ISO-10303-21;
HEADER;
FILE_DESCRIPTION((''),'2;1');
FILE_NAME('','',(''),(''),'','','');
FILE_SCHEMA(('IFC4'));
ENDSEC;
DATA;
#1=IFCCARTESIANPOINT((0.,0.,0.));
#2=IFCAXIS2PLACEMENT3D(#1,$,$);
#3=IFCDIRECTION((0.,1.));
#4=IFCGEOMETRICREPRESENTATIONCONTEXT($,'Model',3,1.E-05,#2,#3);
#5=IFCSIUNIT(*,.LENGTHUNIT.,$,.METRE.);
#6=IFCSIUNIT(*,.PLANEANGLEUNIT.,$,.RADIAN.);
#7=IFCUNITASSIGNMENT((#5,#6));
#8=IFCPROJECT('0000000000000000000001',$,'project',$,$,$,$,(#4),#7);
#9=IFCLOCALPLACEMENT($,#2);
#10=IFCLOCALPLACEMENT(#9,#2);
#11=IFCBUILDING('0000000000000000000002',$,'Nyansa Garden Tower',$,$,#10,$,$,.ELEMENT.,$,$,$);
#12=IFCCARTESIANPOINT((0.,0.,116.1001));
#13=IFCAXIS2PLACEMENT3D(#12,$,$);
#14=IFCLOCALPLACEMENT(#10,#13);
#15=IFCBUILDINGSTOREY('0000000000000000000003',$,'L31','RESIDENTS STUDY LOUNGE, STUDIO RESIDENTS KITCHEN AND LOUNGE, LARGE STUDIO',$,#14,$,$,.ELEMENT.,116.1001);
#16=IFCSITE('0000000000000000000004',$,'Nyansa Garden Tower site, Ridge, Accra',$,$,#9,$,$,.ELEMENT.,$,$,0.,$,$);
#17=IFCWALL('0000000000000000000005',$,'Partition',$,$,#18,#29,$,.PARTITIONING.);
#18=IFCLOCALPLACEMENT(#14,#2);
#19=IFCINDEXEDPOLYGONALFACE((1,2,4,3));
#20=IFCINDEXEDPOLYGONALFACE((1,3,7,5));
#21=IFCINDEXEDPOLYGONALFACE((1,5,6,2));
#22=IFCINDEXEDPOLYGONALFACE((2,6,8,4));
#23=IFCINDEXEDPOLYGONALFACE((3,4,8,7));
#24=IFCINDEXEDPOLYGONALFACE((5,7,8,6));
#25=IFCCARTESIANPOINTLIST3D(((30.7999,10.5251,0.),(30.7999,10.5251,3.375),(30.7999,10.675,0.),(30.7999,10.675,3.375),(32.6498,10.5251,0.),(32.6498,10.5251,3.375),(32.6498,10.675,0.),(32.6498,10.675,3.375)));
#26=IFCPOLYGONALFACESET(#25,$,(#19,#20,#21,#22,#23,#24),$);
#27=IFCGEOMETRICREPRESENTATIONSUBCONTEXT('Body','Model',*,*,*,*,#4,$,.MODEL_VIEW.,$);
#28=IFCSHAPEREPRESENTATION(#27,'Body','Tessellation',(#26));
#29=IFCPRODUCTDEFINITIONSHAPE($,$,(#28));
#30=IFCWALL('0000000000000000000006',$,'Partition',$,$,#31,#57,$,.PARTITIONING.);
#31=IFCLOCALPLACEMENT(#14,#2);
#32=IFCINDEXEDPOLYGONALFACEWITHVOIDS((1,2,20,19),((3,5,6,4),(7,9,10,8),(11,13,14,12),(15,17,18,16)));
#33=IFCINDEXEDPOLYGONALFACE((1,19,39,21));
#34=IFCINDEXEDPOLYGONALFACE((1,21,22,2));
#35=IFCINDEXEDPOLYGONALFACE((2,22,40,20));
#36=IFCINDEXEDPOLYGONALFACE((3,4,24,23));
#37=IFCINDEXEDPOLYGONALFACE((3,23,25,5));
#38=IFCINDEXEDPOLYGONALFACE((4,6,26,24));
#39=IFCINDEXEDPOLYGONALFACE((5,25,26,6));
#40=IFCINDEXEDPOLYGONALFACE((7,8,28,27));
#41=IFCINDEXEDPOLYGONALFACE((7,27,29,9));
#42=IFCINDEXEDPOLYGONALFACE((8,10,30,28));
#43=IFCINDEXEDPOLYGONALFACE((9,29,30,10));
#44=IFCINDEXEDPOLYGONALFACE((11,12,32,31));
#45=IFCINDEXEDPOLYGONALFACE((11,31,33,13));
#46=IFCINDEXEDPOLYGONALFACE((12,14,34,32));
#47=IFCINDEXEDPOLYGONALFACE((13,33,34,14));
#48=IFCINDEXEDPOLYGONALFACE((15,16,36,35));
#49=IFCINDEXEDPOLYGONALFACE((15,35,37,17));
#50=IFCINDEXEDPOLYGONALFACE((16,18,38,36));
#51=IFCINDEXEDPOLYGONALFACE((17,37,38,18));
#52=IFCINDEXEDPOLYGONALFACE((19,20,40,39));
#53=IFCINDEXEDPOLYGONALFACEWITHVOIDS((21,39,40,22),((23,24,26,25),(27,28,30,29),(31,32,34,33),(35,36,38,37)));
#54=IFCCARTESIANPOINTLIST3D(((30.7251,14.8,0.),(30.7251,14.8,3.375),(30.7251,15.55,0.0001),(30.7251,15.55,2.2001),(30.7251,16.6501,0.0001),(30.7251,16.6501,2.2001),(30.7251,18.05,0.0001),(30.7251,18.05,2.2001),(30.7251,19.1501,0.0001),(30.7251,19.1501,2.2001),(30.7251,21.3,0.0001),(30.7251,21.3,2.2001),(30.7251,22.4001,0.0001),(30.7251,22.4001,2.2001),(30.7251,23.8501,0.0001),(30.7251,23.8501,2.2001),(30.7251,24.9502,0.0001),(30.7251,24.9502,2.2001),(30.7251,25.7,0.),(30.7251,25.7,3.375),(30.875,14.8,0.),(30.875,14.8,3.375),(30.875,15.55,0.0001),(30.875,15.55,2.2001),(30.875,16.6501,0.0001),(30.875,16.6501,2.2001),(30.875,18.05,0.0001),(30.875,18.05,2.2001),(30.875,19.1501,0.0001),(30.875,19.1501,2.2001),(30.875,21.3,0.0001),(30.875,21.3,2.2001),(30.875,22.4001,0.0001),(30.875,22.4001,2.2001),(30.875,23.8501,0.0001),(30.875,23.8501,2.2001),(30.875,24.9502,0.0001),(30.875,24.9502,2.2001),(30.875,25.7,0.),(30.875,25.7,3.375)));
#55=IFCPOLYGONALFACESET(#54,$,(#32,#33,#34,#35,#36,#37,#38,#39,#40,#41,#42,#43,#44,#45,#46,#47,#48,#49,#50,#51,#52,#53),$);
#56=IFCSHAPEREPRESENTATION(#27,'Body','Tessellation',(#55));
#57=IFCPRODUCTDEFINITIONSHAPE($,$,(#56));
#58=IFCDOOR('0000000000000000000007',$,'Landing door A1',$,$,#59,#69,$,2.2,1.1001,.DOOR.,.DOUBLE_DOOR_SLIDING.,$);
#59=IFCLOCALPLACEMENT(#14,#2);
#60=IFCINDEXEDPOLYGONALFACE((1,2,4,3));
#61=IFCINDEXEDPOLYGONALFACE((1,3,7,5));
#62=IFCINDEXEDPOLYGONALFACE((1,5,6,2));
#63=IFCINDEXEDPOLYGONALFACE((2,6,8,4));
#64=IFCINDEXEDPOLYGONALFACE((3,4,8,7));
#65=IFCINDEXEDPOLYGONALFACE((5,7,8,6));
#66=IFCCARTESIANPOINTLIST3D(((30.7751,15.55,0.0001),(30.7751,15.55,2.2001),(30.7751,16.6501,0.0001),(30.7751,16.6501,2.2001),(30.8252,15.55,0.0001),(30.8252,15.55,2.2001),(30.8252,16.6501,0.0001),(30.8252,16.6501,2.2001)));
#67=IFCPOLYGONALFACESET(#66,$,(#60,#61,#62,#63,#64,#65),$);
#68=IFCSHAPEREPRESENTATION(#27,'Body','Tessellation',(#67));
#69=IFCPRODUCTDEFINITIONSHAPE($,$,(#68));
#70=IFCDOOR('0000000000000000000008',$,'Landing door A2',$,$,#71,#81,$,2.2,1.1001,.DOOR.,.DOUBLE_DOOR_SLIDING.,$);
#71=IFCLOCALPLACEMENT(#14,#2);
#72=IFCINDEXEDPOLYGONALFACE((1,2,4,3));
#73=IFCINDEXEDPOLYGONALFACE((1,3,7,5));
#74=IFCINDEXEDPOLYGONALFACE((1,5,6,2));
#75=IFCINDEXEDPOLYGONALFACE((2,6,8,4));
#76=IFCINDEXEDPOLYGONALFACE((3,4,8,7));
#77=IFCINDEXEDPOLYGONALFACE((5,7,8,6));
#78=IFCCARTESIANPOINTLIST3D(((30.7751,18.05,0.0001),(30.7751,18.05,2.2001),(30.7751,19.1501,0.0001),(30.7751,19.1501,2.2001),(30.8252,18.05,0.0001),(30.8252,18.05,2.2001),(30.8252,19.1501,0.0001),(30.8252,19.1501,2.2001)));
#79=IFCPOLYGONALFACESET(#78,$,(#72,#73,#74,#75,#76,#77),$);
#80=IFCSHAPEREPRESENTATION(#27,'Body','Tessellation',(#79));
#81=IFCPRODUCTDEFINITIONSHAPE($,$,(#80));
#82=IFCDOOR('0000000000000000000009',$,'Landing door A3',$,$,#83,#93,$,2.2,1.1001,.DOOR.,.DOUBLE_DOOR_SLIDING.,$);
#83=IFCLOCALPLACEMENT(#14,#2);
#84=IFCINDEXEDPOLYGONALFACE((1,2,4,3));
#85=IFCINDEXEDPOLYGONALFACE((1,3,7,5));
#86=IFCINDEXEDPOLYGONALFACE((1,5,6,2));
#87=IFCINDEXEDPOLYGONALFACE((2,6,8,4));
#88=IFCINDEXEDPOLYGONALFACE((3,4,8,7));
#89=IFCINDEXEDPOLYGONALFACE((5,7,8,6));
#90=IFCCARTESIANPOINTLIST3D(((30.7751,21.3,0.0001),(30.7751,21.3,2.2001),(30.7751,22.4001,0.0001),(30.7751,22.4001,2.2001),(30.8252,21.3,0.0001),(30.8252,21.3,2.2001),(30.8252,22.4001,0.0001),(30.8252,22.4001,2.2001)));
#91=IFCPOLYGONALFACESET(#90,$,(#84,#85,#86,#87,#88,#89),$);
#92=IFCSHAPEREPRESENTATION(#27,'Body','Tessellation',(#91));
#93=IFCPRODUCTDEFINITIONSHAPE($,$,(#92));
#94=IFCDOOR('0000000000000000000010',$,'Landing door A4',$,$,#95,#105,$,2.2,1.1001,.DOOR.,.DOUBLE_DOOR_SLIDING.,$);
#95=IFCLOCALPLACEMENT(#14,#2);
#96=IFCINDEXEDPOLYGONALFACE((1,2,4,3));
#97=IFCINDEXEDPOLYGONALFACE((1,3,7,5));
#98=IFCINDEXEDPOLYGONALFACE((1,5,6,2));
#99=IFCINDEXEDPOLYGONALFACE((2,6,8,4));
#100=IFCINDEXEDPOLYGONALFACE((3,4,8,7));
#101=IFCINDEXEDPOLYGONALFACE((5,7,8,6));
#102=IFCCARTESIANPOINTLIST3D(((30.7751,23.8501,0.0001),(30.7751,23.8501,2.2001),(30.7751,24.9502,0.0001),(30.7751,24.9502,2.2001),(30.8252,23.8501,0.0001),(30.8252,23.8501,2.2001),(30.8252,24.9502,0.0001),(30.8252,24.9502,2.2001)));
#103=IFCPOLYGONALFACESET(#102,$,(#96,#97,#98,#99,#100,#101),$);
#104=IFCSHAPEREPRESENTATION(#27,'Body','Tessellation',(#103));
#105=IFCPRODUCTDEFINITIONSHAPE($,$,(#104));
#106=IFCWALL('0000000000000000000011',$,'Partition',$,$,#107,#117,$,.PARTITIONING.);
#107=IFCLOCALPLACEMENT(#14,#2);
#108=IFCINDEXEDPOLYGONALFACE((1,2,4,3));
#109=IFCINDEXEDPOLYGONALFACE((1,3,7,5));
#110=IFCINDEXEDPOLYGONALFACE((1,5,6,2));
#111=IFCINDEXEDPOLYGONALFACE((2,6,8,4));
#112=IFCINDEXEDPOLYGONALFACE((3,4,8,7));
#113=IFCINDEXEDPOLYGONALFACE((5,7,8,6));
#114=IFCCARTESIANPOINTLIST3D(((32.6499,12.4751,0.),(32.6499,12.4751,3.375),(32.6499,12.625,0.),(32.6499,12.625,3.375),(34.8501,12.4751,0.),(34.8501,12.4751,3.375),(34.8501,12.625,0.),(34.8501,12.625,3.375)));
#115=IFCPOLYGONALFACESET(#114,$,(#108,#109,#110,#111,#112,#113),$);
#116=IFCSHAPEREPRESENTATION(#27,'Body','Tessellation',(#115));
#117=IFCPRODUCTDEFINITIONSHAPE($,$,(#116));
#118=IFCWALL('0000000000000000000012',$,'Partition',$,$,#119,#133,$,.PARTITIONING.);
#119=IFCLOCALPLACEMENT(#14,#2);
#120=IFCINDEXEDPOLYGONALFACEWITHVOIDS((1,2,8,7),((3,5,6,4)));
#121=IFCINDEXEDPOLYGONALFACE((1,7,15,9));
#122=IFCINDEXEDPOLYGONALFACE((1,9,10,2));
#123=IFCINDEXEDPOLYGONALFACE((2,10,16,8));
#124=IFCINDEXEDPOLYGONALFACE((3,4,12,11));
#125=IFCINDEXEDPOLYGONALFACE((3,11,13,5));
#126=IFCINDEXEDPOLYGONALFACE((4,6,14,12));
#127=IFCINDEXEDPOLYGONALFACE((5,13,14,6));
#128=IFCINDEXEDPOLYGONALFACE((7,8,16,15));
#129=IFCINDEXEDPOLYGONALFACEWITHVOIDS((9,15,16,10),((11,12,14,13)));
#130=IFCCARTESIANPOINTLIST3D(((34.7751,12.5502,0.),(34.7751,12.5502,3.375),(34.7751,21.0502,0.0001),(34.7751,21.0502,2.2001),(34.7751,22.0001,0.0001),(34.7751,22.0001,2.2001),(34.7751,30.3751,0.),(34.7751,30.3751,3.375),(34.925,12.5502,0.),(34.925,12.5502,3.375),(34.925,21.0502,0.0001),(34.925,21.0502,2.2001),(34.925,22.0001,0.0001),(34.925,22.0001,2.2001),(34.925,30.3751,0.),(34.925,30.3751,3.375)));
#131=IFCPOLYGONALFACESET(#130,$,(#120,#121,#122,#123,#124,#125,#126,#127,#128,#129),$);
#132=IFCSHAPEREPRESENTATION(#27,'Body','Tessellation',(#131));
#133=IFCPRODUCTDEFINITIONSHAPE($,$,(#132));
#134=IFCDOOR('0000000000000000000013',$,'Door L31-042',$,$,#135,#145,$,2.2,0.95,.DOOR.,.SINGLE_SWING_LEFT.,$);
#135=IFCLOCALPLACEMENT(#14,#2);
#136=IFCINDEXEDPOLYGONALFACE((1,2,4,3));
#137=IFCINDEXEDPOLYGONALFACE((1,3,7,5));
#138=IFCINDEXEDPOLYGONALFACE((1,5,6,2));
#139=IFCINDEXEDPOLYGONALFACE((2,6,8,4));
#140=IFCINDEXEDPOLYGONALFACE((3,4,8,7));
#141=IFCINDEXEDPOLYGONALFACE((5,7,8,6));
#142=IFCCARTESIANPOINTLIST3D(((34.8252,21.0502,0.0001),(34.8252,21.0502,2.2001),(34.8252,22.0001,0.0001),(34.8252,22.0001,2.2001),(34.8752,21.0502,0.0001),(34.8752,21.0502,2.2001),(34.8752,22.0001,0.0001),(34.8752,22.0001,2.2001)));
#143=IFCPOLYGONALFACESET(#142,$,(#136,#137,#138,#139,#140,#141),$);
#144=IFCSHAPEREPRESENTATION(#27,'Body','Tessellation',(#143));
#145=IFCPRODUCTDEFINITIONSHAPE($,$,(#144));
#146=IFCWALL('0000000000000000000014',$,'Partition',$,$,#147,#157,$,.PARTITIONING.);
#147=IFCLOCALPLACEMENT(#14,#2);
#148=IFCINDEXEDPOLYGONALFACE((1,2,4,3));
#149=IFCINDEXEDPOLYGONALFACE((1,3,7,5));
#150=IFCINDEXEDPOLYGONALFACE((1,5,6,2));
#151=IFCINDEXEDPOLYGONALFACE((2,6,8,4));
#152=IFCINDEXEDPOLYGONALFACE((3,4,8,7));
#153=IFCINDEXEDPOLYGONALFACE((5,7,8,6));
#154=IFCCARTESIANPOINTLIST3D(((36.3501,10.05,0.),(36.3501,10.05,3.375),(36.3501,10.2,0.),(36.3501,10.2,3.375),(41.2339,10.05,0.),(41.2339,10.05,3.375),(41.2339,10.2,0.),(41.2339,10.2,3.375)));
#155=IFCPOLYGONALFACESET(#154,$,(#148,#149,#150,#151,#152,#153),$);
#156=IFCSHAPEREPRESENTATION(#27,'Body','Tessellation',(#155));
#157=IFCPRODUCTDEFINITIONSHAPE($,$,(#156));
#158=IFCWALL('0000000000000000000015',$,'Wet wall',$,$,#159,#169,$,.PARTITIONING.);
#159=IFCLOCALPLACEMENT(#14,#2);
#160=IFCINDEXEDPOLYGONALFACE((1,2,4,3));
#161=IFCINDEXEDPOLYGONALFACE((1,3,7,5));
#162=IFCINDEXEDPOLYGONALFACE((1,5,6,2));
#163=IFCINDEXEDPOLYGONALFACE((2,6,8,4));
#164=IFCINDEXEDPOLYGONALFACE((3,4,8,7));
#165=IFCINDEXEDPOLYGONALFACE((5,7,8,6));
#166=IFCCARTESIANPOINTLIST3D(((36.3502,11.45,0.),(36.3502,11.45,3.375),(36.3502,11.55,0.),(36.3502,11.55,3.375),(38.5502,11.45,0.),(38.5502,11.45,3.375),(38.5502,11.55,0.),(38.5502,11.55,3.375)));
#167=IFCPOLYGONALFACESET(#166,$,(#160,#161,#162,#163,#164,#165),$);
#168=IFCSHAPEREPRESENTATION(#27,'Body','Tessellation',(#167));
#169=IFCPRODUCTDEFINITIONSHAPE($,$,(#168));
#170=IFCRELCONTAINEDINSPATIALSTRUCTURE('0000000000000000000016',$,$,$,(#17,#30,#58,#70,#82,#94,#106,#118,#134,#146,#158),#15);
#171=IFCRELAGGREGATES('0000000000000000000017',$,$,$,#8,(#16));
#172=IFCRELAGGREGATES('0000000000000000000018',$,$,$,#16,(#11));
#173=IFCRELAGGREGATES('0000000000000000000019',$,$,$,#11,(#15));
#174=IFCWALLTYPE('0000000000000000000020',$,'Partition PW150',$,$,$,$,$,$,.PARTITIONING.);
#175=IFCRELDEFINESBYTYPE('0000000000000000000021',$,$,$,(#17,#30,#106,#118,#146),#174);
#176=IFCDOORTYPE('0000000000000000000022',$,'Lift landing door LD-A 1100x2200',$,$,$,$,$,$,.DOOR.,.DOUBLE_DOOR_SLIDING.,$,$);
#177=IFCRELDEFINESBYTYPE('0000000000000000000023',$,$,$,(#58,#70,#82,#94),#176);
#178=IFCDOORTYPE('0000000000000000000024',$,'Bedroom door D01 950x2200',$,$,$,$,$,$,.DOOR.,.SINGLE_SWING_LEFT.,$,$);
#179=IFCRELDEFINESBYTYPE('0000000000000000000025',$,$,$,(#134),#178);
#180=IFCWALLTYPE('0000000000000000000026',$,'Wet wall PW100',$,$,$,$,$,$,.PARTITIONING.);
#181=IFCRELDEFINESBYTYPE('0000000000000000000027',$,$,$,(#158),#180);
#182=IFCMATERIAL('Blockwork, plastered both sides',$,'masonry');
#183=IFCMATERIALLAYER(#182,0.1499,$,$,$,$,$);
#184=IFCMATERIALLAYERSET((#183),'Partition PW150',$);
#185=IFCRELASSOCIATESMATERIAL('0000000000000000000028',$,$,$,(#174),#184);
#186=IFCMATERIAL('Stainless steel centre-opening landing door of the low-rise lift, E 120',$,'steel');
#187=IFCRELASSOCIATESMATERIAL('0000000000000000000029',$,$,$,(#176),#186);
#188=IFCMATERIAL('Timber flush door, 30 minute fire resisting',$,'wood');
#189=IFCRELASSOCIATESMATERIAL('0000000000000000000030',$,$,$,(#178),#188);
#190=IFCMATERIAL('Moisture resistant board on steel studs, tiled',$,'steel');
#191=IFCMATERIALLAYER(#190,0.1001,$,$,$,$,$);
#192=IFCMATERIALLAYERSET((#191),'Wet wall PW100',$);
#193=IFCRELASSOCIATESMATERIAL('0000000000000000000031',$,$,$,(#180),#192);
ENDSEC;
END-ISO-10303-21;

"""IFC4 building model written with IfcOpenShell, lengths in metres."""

from ifc_helpers import new_model, si_unit, direction, frame, frame_2d, origin, place, context, subcontext, project, spatial, rectangle, extrude, material, layer, layer_set, type_object, element, fill, save


model = new_model("IFC4")

# Units and contexts
model_context = context("Model", 3, precision=1e-05, world=origin(), true_north=direction((0.0, 1.0)))
body_context = subcontext(model_context, "Body", "Model", "MODEL_VIEW")
ifc_project = project(units=[si_unit("LENGTHUNIT", "METRE"), si_unit("PLANEANGLEUNIT", "RADIAN")], contexts=[model_context])

# Site, building, storey
site_placement = place(None, origin())
site = spatial("IfcSite", under=ifc_project, at=site_placement, Name="Nyansa Garden Tower site, Ridge, Accra", CompositionType="ELEMENT", RefElevation=0.0)
building_placement = place(site_placement, origin())
building = spatial("IfcBuilding", under=site, at=building_placement, Name="Nyansa Garden Tower", CompositionType="ELEMENT")
storey_placement = place(building_placement, frame((0.0, 0.0, 116.1001)))
storey = spatial("IfcBuildingStorey", under=building, at=storey_placement, Name="L31", Description="RESIDENTS STUDY LOUNGE, STUDIO RESIDENTS KITCHEN AND LOUNGE, LARGE STUDIO", CompositionType="ELEMENT", Elevation=116.1001)

# Wall
ifc_material_1 = material(Name="Blockwork, plastered both sides", Category="masonry")
ifc_layer_1 = layer(ifc_material_1, 0.1499)
ifc_layer_set_1 = layer_set([ifc_layer_1], Name="Partition PW150")
wall_type_1 = type_object("IfcWallType", Name="Partition PW150", PredefinedType="PARTITIONING", material=ifc_layer_set_1)
wall_1_placement = place(storey_placement, frame((30.8, 10.6001, 0.0), z_axis=(0.0, 0.0, 1.0), x_axis=(1.0, 0.0, 0.0)))
element("IfcWall", 1, at=wall_1_placement, inside=storey, type_object=wall_type_1, Name="Partition", PredefinedType="PARTITIONING", context=body_context, shape_type="SweptSolid", body=[
    extrude(rectangle(XDim=1.8499, YDim=0.1499, at=frame_2d((0.9248, 0.0))), origin(), (0.0, 0.0, 1.0), 3.375),
])

# Wall, openings, doors
wall_2_placement = place(storey_placement, frame((30.8, 14.8, 0.0), z_axis=(0.0, 0.0, 1.0), x_axis=(0.0, 1.0, 0.0)))
wall_2 = element("IfcWall", 2, at=wall_2_placement, inside=storey, type_object=wall_type_1, Name="Partition", PredefinedType="PARTITIONING", context=body_context, shape_type="SweptSolid", body=[
    extrude(rectangle(XDim=10.8999, YDim=0.1499, at=frame_2d((5.45, 0.0))), origin(), (0.0, 0.0, 1.0), 3.375),
])
opening_1_placement = place(wall_2_placement, frame((0.75, 0.0, 0.0)))
opening_1 = element("IfcOpeningElement", 3, at=opening_1_placement, cuts=wall_2, PredefinedType="OPENING", context=body_context, shape_type="SweptSolid", body=[
    extrude(rectangle(XDim=1.1001, YDim=2.2, at=frame_2d((0.55, 1.1001))), frame((0.0, 0.085, 0.0), z_axis=(0.0, -1.0, 0.0), x_axis=(1.0, 0.0, 0.0)), (0.0, 0.0, 1.0), 0.1699),
])
opening_2_placement = place(wall_2_placement, frame((3.25, 0.0, 0.0)))
opening_2 = element("IfcOpeningElement", 4, at=opening_2_placement, cuts=wall_2, PredefinedType="OPENING", context=body_context, shape_type="SweptSolid", body=[
    extrude(rectangle(XDim=1.1001, YDim=2.2, at=frame_2d((0.55, 1.1001))), frame((0.0, 0.085, 0.0), z_axis=(0.0, -1.0, 0.0), x_axis=(1.0, 0.0, 0.0)), (0.0, 0.0, 1.0), 0.1699),
])
opening_3_placement = place(wall_2_placement, frame((6.5, 0.0, 0.0)))
opening_3 = element("IfcOpeningElement", 5, at=opening_3_placement, cuts=wall_2, PredefinedType="OPENING", context=body_context, shape_type="SweptSolid", body=[
    extrude(rectangle(XDim=1.1001, YDim=2.2, at=frame_2d((0.55, 1.1001))), frame((0.0, 0.085, 0.0), z_axis=(0.0, -1.0, 0.0), x_axis=(1.0, 0.0, 0.0)), (0.0, 0.0, 1.0), 0.1699),
])
opening_4_placement = place(wall_2_placement, frame((9.05, 0.0, 0.0)))
opening_4 = element("IfcOpeningElement", 6, at=opening_4_placement, cuts=wall_2, PredefinedType="OPENING", context=body_context, shape_type="SweptSolid", body=[
    extrude(rectangle(XDim=1.1001, YDim=2.2, at=frame_2d((0.55, 1.1001))), frame((0.0, 0.085, 0.0), z_axis=(0.0, -1.0, 0.0), x_axis=(1.0, 0.0, 0.0)), (0.0, 0.0, 1.0), 0.1699),
])
ifc_material_2 = material(Name="Stainless steel centre-opening landing door of the low-rise lift, E 120", Category="steel")
door_type_1 = type_object("IfcDoorType", Name="Lift landing door LD-A 1100x2200", OperationType="DOUBLE_DOOR_SLIDING", PredefinedType="DOOR", material=ifc_material_2)
door_1_placement = place(opening_1_placement, origin())
door_1 = element("IfcDoor", 7, at=door_1_placement, inside=storey, type_object=door_type_1, Name="Landing door A1", OperationType="DOUBLE_DOOR_SLIDING", OverallHeight=2.2, OverallWidth=1.1001, PredefinedType="DOOR", context=body_context, shape_type="SweptSolid", body=[
    extrude(rectangle(XDim=1.1001, YDim=2.2, at=frame_2d((0.55, 1.1001))), frame((0.0, 0.0249, 0.0), z_axis=(0.0, -1.0, 0.0), x_axis=(1.0, 0.0, 0.0)), (0.0, 0.0, 1.0), 0.05),
])
fill(opening_1, door_1)
door_2_placement = place(opening_2_placement, origin())
door_2 = element("IfcDoor", 8, at=door_2_placement, inside=storey, type_object=door_type_1, Name="Landing door A2", OperationType="DOUBLE_DOOR_SLIDING", OverallHeight=2.2, OverallWidth=1.1001, PredefinedType="DOOR", context=body_context, shape_type="SweptSolid", body=[
    extrude(rectangle(XDim=1.1001, YDim=2.2, at=frame_2d((0.55, 1.1001))), frame((0.0, 0.0249, 0.0), z_axis=(0.0, -1.0, 0.0), x_axis=(1.0, 0.0, 0.0)), (0.0, 0.0, 1.0), 0.05),
])
fill(opening_2, door_2)
door_3_placement = place(opening_3_placement, origin())
door_3 = element("IfcDoor", 9, at=door_3_placement, inside=storey, type_object=door_type_1, Name="Landing door A3", OperationType="DOUBLE_DOOR_SLIDING", OverallHeight=2.2, OverallWidth=1.1001, PredefinedType="DOOR", context=body_context, shape_type="SweptSolid", body=[
    extrude(rectangle(XDim=1.1001, YDim=2.2, at=frame_2d((0.55, 1.1001))), frame((0.0, 0.0249, 0.0), z_axis=(0.0, -1.0, 0.0), x_axis=(1.0, 0.0, 0.0)), (0.0, 0.0, 1.0), 0.05),
])
fill(opening_3, door_3)
door_4_placement = place(opening_4_placement, origin())
door_4 = element("IfcDoor", 10, at=door_4_placement, inside=storey, type_object=door_type_1, Name="Landing door A4", OperationType="DOUBLE_DOOR_SLIDING", OverallHeight=2.2, OverallWidth=1.1001, PredefinedType="DOOR", context=body_context, shape_type="SweptSolid", body=[
    extrude(rectangle(XDim=1.1001, YDim=2.2, at=frame_2d((0.55, 1.1001))), frame((0.0, 0.0249, 0.0), z_axis=(0.0, -1.0, 0.0), x_axis=(1.0, 0.0, 0.0)), (0.0, 0.0, 1.0), 0.05),
])
fill(opening_4, door_4)

# Wall
wall_3_placement = place(storey_placement, frame((32.6499, 12.55, 0.0), z_axis=(0.0, 0.0, 1.0), x_axis=(1.0, 0.0, 0.0)))
element("IfcWall", 11, at=wall_3_placement, inside=storey, type_object=wall_type_1, Name="Partition", PredefinedType="PARTITIONING", context=body_context, shape_type="SweptSolid", body=[
    extrude(rectangle(XDim=2.2002, YDim=0.1499, at=frame_2d((1.1001, 0.0))), origin(), (0.0, 0.0, 1.0), 3.375),
])

# Wall, opening, door
wall_4_placement = place(storey_placement, frame((34.8501, 12.55, 0.0), z_axis=(0.0, 0.0, 1.0), x_axis=(0.0, 1.0, 0.0)))
wall_4 = element("IfcWall", 12, at=wall_4_placement, inside=storey, type_object=wall_type_1, Name="Partition", PredefinedType="PARTITIONING", context=body_context, shape_type="SweptSolid", body=[
    extrude(rectangle(XDim=17.825, YDim=0.1499, at=frame_2d((8.9126, 0.0))), origin(), (0.0, 0.0, 1.0), 3.375),
])
opening_5_placement = place(wall_4_placement, frame((8.5, 0.0, 0.0)))
opening_5 = element("IfcOpeningElement", 13, at=opening_5_placement, cuts=wall_4, PredefinedType="OPENING", context=body_context, shape_type="SweptSolid", body=[
    extrude(rectangle(XDim=0.95, YDim=2.2, at=frame_2d((0.4751, 1.1001))), frame((0.0, 0.085, 0.0), z_axis=(0.0, -1.0, 0.0), x_axis=(1.0, 0.0, 0.0)), (0.0, 0.0, 1.0), 0.1699),
])
ifc_material_3 = material(Name="Timber flush door, 30 minute fire resisting", Category="wood")
door_type_2 = type_object("IfcDoorType", Name="Bedroom door D01 950x2200", OperationType="SINGLE_SWING_LEFT", PredefinedType="DOOR", material=ifc_material_3)
door_5_placement = place(opening_5_placement, origin())
door_5 = element("IfcDoor", 14, at=door_5_placement, inside=storey, type_object=door_type_2, Name="Door L31-042", OperationType="SINGLE_SWING_LEFT", OverallHeight=2.2, OverallWidth=0.95, PredefinedType="DOOR", context=body_context, shape_type="SweptSolid", body=[
    extrude(rectangle(XDim=0.95, YDim=2.2, at=frame_2d((0.4751, 1.1001))), frame((0.0, 0.0249, 0.0), z_axis=(0.0, -1.0, 0.0), x_axis=(1.0, 0.0, 0.0)), (0.0, 0.0, 1.0), 0.05),
])
fill(opening_5, door_5)

# Walls
wall_5_placement = place(storey_placement, frame((36.3501, 10.125, 0.0), z_axis=(0.0, 0.0, 1.0), x_axis=(1.0, 0.0, 0.0)))
element("IfcWall", 15, at=wall_5_placement, inside=storey, type_object=wall_type_1, Name="Partition", PredefinedType="PARTITIONING", context=body_context, shape_type="SweptSolid", body=[
    extrude(rectangle(XDim=4.8838, YDim=0.1499, at=frame_2d((2.4419, 0.0))), origin(), (0.0, 0.0, 1.0), 3.375),
])
ifc_material_4 = material(Name="Moisture resistant board on steel studs, tiled", Category="steel")
ifc_layer_2 = layer(ifc_material_4, 0.1001)
ifc_layer_set_2 = layer_set([ifc_layer_2], Name="Wet wall PW100")
wall_type_2 = type_object("IfcWallType", Name="Wet wall PW100", PredefinedType="PARTITIONING", material=ifc_layer_set_2)
wall_6_placement = place(storey_placement, frame((36.3501, 11.5, 0.0), z_axis=(0.0, 0.0, 1.0), x_axis=(1.0, 0.0, 0.0)))
element("IfcWall", 16, at=wall_6_placement, inside=storey, type_object=wall_type_2, Name="Wet wall", PredefinedType="PARTITIONING", context=body_context, shape_type="SweptSolid", body=[
    extrude(rectangle(XDim=2.2, YDim=0.1001, at=frame_2d((1.1001, 0.0))), origin(), (0.0, 0.0, 1.0), 3.375),
])

save(model, "model.ifc")
